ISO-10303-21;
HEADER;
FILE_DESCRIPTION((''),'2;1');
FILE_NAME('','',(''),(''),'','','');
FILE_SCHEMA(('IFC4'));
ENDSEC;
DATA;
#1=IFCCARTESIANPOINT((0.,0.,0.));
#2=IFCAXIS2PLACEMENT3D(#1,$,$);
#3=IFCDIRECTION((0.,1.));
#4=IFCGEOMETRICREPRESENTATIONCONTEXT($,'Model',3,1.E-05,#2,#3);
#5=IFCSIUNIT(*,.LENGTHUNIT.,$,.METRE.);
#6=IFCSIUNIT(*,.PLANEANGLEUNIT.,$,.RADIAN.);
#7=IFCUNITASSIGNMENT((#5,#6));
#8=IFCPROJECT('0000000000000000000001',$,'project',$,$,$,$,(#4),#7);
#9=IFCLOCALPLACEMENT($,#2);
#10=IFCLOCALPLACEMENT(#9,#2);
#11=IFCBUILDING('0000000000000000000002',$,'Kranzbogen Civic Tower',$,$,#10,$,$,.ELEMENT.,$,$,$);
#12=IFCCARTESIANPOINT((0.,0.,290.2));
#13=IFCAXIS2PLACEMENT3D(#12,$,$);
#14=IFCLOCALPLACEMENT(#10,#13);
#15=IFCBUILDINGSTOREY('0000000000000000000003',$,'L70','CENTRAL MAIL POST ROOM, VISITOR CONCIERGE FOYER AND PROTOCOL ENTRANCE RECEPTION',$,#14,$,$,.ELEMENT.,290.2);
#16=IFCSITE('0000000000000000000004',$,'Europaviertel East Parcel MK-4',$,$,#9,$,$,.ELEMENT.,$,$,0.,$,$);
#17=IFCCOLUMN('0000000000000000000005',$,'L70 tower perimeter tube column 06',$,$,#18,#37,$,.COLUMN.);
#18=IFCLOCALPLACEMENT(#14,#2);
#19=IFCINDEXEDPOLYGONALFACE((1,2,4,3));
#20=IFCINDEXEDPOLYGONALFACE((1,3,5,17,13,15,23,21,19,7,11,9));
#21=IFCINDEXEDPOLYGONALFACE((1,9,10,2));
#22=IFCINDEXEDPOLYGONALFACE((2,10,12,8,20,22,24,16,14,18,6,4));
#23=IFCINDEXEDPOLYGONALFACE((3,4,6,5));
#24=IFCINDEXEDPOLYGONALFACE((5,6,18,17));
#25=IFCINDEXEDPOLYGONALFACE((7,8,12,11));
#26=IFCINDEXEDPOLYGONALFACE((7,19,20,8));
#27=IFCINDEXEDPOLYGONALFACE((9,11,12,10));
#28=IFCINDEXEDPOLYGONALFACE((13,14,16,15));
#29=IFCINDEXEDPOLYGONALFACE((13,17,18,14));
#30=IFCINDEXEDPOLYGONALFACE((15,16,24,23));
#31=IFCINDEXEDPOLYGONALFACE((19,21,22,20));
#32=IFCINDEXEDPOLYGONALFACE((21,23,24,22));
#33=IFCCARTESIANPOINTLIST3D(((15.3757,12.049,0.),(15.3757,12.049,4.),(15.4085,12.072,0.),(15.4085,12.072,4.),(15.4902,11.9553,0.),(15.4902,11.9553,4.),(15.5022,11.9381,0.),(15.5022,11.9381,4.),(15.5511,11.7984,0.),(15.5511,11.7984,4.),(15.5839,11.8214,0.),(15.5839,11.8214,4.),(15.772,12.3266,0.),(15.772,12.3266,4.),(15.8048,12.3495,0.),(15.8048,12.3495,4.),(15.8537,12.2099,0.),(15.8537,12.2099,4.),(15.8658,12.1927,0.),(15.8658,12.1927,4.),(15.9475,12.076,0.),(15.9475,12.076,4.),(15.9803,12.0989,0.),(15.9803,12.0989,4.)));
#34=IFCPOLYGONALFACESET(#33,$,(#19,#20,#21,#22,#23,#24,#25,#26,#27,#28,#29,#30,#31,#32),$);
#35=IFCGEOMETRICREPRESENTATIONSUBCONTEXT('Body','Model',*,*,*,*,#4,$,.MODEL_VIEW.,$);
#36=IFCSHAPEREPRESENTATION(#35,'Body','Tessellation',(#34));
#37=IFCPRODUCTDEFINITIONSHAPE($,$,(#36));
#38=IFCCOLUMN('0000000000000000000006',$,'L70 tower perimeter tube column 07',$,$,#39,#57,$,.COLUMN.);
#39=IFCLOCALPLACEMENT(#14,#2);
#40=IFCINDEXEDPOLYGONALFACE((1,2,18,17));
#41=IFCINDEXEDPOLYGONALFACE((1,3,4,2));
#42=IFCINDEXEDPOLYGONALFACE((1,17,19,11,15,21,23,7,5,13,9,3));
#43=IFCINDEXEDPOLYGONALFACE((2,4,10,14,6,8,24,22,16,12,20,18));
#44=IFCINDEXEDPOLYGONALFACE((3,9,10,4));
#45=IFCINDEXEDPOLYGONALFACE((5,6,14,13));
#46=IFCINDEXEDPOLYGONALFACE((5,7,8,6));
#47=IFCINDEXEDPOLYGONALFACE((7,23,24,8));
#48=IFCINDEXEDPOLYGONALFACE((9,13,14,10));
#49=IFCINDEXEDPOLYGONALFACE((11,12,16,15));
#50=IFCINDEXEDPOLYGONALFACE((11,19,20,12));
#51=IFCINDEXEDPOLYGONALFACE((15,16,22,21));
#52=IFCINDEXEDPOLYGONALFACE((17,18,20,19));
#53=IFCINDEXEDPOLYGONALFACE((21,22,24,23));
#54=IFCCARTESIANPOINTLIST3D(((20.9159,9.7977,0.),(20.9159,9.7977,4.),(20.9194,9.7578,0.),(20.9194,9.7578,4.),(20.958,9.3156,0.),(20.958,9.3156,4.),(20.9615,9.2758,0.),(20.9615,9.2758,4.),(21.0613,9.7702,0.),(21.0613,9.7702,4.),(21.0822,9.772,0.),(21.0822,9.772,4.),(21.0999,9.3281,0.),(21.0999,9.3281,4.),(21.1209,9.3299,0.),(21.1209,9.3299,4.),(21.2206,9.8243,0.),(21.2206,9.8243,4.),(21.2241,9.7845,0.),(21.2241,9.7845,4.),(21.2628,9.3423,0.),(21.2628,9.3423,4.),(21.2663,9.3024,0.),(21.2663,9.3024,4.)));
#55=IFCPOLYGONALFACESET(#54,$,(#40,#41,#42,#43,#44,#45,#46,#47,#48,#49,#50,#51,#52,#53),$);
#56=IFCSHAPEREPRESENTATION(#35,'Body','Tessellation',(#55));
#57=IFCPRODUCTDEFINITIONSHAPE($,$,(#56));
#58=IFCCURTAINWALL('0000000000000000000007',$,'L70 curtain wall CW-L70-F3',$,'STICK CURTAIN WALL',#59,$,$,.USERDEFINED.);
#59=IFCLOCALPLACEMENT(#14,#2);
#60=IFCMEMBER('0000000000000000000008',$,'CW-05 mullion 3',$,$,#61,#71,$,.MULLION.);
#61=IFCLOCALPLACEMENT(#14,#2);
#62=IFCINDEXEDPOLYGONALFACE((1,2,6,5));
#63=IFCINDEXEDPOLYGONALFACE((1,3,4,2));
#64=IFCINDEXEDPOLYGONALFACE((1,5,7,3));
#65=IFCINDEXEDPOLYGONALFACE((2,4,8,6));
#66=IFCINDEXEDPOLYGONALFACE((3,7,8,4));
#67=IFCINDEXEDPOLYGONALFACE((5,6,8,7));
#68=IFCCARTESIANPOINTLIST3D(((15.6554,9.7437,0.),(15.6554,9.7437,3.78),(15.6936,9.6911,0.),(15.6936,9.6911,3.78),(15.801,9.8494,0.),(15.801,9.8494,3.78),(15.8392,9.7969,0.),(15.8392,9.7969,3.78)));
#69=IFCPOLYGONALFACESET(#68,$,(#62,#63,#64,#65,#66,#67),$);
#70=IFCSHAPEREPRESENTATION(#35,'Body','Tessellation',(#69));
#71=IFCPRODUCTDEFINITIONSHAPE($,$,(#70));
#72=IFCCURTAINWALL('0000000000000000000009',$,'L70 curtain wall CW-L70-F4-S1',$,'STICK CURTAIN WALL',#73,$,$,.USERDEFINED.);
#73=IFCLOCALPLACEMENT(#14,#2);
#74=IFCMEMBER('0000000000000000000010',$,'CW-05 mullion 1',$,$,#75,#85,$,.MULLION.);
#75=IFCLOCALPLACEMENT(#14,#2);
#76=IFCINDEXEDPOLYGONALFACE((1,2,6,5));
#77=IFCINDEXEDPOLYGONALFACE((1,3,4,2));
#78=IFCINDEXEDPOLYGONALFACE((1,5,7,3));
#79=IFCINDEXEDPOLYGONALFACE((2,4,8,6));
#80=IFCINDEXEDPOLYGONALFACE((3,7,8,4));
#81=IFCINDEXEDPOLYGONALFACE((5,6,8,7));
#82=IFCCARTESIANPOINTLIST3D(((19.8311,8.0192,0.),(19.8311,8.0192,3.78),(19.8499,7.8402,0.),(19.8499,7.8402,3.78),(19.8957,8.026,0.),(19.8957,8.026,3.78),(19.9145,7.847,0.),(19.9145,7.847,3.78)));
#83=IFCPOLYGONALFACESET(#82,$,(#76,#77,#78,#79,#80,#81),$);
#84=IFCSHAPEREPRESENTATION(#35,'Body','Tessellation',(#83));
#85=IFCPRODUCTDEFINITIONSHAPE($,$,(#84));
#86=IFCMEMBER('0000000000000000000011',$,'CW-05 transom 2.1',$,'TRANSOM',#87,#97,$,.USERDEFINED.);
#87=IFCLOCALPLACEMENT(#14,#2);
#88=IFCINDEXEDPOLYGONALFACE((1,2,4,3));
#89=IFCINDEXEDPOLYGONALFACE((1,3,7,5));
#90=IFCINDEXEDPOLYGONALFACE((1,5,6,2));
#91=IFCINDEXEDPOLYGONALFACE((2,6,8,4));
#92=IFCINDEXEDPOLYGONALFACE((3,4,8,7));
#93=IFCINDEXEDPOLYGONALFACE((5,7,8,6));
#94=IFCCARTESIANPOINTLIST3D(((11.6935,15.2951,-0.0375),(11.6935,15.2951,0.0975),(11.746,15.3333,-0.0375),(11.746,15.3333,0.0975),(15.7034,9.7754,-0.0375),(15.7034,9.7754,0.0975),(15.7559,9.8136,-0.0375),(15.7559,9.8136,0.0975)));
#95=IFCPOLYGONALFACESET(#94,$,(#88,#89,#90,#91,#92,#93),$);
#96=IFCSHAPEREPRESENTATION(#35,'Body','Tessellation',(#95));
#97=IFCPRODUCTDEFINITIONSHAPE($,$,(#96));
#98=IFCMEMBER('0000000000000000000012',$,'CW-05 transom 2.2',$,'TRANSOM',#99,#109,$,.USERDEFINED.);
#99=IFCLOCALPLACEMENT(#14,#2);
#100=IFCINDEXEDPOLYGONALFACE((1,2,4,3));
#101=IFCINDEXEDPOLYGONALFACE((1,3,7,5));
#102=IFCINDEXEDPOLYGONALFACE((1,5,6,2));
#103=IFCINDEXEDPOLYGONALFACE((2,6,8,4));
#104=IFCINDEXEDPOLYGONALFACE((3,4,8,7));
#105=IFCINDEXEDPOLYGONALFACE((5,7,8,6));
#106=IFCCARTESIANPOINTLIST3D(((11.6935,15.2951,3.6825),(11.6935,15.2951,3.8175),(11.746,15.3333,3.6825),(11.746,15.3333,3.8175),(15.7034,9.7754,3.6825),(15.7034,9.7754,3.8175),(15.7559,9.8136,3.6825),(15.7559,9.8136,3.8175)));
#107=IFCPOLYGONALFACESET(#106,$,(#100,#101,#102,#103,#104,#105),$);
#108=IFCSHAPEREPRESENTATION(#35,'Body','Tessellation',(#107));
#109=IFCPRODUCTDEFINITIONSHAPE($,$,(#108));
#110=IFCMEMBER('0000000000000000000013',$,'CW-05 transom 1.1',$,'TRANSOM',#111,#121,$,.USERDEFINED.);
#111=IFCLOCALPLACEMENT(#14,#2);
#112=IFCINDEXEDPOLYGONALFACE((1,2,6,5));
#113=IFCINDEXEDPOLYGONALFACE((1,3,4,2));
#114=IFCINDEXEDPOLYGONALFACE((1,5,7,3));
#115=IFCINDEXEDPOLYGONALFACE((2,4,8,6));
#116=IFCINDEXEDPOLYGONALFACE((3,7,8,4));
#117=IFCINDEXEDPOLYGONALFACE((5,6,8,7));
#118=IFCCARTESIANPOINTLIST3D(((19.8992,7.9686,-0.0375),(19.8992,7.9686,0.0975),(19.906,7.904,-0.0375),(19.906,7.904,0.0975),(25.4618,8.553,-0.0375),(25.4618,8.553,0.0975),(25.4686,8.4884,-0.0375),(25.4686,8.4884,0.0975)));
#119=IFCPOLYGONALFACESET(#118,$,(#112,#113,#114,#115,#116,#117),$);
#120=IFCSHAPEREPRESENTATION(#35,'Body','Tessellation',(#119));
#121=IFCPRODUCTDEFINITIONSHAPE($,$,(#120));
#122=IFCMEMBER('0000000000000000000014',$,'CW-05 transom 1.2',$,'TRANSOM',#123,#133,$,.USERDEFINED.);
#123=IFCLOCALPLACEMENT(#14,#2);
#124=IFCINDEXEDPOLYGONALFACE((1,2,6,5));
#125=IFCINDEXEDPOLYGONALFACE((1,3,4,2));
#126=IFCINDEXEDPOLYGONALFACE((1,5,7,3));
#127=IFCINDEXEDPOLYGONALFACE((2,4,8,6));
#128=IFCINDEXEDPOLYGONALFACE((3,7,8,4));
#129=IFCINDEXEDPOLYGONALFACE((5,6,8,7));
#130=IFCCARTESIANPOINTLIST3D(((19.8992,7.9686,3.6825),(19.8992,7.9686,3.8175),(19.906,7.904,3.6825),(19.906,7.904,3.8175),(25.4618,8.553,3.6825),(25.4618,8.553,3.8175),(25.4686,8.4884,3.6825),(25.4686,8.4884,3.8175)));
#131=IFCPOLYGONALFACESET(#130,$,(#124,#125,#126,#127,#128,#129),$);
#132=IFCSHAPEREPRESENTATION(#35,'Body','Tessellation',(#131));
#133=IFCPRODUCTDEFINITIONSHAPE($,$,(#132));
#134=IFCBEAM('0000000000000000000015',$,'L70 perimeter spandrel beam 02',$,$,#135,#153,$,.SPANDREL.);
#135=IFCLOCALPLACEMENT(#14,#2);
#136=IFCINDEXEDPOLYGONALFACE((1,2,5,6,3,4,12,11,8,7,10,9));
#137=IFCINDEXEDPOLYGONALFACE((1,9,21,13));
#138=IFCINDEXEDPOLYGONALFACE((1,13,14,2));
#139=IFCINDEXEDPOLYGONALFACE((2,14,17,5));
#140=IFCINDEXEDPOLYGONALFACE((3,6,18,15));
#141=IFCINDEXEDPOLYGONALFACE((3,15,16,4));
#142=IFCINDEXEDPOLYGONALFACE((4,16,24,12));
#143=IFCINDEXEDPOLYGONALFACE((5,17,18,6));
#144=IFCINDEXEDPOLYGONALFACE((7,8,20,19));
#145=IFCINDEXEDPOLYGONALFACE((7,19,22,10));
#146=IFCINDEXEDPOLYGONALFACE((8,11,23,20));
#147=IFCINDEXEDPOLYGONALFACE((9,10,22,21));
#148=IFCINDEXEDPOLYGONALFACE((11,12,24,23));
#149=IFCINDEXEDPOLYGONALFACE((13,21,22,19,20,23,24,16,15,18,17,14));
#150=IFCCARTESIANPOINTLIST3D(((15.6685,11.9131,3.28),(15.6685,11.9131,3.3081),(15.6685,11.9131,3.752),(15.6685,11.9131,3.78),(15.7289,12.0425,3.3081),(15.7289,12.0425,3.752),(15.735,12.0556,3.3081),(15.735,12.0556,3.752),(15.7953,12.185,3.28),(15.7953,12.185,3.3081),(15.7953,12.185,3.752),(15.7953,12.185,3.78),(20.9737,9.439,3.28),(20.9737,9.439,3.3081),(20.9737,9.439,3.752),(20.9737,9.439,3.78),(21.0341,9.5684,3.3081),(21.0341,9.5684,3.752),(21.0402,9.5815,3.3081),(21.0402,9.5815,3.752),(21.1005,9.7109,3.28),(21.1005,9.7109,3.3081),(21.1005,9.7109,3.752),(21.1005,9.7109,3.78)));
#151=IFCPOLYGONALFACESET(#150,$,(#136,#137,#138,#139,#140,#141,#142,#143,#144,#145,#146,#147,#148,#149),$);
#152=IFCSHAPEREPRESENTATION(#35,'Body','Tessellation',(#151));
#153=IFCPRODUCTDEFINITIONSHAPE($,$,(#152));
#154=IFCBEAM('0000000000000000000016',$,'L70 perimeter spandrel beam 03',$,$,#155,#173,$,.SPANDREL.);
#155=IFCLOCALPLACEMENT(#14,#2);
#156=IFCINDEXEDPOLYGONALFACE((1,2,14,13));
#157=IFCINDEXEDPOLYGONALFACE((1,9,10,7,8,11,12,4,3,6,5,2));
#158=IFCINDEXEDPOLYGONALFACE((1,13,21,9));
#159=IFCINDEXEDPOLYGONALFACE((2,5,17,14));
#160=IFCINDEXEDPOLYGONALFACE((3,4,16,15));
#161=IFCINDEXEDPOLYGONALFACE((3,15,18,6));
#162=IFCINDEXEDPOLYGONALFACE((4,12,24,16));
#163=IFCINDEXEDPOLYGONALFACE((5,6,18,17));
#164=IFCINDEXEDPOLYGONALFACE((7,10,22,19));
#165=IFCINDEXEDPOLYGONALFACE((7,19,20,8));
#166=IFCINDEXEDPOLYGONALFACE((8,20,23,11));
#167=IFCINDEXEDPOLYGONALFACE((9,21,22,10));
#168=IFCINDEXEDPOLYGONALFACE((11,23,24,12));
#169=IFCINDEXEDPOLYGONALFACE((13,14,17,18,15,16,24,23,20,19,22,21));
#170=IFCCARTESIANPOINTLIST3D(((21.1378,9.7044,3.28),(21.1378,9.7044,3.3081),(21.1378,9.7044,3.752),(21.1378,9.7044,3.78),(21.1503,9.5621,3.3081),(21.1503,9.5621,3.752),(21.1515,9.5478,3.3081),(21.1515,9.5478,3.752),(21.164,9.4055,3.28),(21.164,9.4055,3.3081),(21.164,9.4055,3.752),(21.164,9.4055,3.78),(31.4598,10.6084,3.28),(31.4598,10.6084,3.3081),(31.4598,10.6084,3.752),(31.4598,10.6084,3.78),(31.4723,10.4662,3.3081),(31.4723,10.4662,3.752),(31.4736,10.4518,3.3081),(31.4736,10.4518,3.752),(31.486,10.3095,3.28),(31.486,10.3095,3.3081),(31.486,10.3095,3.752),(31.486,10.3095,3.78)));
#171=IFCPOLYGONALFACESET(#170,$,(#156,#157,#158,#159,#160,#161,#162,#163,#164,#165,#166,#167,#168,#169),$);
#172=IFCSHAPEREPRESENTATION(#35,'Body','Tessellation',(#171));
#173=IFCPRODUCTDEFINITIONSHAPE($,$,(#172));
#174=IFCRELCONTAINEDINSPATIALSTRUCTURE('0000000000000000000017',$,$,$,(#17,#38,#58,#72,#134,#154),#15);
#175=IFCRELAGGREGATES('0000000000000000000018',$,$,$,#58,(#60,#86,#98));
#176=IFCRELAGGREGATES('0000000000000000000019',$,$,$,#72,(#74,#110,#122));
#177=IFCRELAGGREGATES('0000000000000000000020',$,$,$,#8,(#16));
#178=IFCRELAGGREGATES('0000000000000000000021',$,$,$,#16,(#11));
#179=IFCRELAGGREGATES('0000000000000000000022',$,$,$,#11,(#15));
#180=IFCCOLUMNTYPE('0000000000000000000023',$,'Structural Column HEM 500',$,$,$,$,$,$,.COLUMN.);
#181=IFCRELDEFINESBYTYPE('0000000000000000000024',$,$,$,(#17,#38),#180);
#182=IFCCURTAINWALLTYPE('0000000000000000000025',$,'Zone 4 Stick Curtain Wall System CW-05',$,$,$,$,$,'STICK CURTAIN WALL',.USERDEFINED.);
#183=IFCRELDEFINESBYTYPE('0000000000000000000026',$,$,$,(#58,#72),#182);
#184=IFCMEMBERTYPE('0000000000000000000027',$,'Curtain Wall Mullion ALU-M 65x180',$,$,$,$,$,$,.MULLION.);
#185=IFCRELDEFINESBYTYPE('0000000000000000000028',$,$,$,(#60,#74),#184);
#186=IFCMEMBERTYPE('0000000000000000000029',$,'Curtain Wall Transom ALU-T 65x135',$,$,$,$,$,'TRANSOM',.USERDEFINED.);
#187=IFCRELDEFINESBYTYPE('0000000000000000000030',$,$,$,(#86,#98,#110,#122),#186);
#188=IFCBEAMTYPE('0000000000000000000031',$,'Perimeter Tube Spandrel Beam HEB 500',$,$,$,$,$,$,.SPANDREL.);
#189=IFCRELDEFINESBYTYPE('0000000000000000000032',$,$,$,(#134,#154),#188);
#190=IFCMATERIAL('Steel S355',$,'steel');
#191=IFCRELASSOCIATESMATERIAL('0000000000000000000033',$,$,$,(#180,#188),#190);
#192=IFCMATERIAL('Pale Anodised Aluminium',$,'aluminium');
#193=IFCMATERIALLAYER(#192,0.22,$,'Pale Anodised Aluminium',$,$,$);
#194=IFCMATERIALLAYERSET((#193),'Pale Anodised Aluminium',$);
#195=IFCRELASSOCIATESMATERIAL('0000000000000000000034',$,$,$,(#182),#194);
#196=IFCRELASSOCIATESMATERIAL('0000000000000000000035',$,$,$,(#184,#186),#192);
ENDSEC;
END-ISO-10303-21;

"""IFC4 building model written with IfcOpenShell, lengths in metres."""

from ifc_helpers import new_model, si_unit, direction, frame, origin, origin_2d, place, context, subcontext, project, spatial, rectangle, i_section, extrude, material, layer, layer_set, material_profile, profile_set, type_object, element, aggregate, save


model = new_model("IFC4")

# Units and contexts
model_context = context("Model", 3, precision=1e-05, world=origin(), true_north=direction((0.0, 1.0)))
body_context = subcontext(model_context, "Body", "Model", "MODEL_VIEW")
ifc_project = project(units=[si_unit("LENGTHUNIT", "METRE"), si_unit("PLANEANGLEUNIT", "RADIAN")], contexts=[model_context])

# Site, building, storey
site_placement = place(None, origin())
site = spatial("IfcSite", under=ifc_project, at=site_placement, Name="Europaviertel East Parcel MK-4", CompositionType="ELEMENT", RefElevation=0.0)
building_placement = place(site_placement, origin())
building = spatial("IfcBuilding", under=site, at=building_placement, Name="Kranzbogen Civic Tower", CompositionType="ELEMENT")
storey_placement = place(building_placement, frame((0.0, 0.0, 290.2)))
storey = spatial("IfcBuildingStorey", under=building, at=storey_placement, Name="L70", Description="CENTRAL MAIL POST ROOM, VISITOR CONCIERGE FOYER AND PROTOCOL ENTRANCE RECEPTION", CompositionType="ELEMENT", Elevation=290.2)

# Columns
ifc_material_1 = material(Name="Steel S355", Category="steel")
ifc_material_profile_1 = material_profile(ifc_material_1, i_section(OverallWidth=0.3059, OverallDepth=0.5239, WebThickness=0.021, FlangeThickness=0.04, at=origin_2d()), Name="HEM 500")
ifc_profile_set_1 = profile_set([ifc_material_profile_1], Name="Steel S355")
column_type = type_object("IfcColumnType", Name="Structural Column HEM 500", PredefinedType="COLUMN", material=ifc_profile_set_1)
for number, where, z_axis, x_axis, name in (
    (1, (15.678, 12.074, 0.0), (0.0, 0.0, 1.0), (-0.573576, 0.819152, 0.0), "L70 tower perimeter tube column 06"),
    (2, (21.0911, 9.55, 0.0), (0.0, 0.0, 1.0), (0.996195, 0.087156, 0.0), "L70 tower perimeter tube column 07"),
):
    element("IfcColumn", number, at=place(storey_placement, frame(where, z_axis=z_axis, x_axis=x_axis)), inside=storey, type_object=column_type, Name=name, PredefinedType="COLUMN", context=body_context, shape_type="SweptSolid", body=[
        extrude(i_section(OverallWidth=0.3059, OverallDepth=0.5239, WebThickness=0.021, FlangeThickness=0.04, at=origin_2d()), origin(), (0.0, 0.0, 1.0), 4.0),
    ])

# Curtain walls, members
ifc_material_2 = material(Name="Pale Anodised Aluminium", Category="aluminium")
ifc_layer_1 = layer(ifc_material_2, 0.22, Name="Pale Anodised Aluminium")
ifc_layer_set_1 = layer_set([ifc_layer_1], Name="Pale Anodised Aluminium")
curtain_wall_type = type_object("IfcCurtainWallType", Name="Zone 4 Stick Curtain Wall System CW-05", ElementType="STICK CURTAIN WALL", PredefinedType="USERDEFINED", material=ifc_layer_set_1)
curtain_wall_1_placement = place(storey_placement, origin())
curtain_wall_1 = element("IfcCurtainWall", 3, at=curtain_wall_1_placement, inside=storey, type_object=curtain_wall_type, Name="L70 curtain wall CW-L70-F3", ObjectType="STICK CURTAIN WALL", PredefinedType="USERDEFINED")
ifc_material_profile_2 = material_profile(ifc_material_2, rectangle(XDim=0.0649, YDim=0.1799, at=origin_2d()), Name="ALU-M 65x180")
ifc_profile_set_2 = profile_set([ifc_material_profile_2], Name="Pale Anodised Aluminium")
member_type_1 = type_object("IfcMemberType", Name="Curtain Wall Mullion ALU-M 65x180", PredefinedType="MULLION", material=ifc_profile_set_2)
member_1_placement = place(storey_placement, frame((15.7473, 9.7703, 0.0), z_axis=(0.0, 0.0, 1.0), x_axis=(0.587767, -0.80903, 0.0)))
member_1 = element("IfcMember", 4, at=member_1_placement, type_object=member_type_1, Name="CW-05 mullion 3", PredefinedType="MULLION", context=body_context, shape_type="SweptSolid", body=[
    extrude(rectangle(XDim=0.0649, YDim=0.1799, at=origin_2d()), origin(), (0.0, 0.0, 1.0), 3.78),
])
curtain_wall_2_placement = place(storey_placement, origin())
curtain_wall_2 = element("IfcCurtainWall", 5, at=curtain_wall_2_placement, inside=storey, type_object=curtain_wall_type, Name="L70 curtain wall CW-L70-F4-S1", ObjectType="STICK CURTAIN WALL", PredefinedType="USERDEFINED")
member_2_placement = place(storey_placement, frame((19.8728, 7.9331, 0.0), z_axis=(0.0, 0.0, 1.0), x_axis=(0.994526, 0.104493, 0.0)))
member_2 = element("IfcMember", 6, at=member_2_placement, type_object=member_type_1, Name="CW-05 mullion 1", PredefinedType="MULLION", context=body_context, shape_type="SweptSolid", body=[
    extrude(rectangle(XDim=0.0649, YDim=0.1799, at=origin_2d()), origin(), (0.0, 0.0, 1.0), 3.78),
])

# Members
ifc_material_profile_3 = material_profile(ifc_material_2, rectangle(XDim=0.0649, YDim=0.135, at=origin_2d()), Name="ALU-T 65x135")
ifc_profile_set_3 = profile_set([ifc_material_profile_3], Name="Pale Anodised Aluminium")
member_type_2 = type_object("IfcMemberType", Name="Curtain Wall Transom ALU-T 65x135", ElementType="TRANSOM", PredefinedType="USERDEFINED", material=ifc_profile_set_3)
member_3_placement = place(storey_placement, frame((11.7197, 15.3142, 0.03), z_axis=(0.587752, -0.809041, 0.0), x_axis=(0.809041, 0.587752, 0.0)))
member_3 = element("IfcMember", 7, at=member_3_placement, type_object=member_type_2, Name="CW-05 transom 2.1", ObjectType="TRANSOM", PredefinedType="USERDEFINED", context=body_context, shape_type="SweptSolid", body=[
    extrude(rectangle(XDim=0.0649, YDim=0.135, at=origin_2d()), origin(), (0.0, 0.0, 1.0), 6.8225),
])
member_4_placement = place(storey_placement, frame((11.7197, 15.3142, 3.75), z_axis=(0.587752, -0.809041, 0.0), x_axis=(0.809041, 0.587752, 0.0)))
member_4 = element("IfcMember", 8, at=member_4_placement, type_object=member_type_2, Name="CW-05 transom 2.2", ObjectType="TRANSOM", PredefinedType="USERDEFINED", context=body_context, shape_type="SweptSolid", body=[
    extrude(rectangle(XDim=0.0649, YDim=0.135, at=origin_2d()), origin(), (0.0, 0.0, 1.0), 6.8225),
])
member_5_placement = place(storey_placement, frame((19.9026, 7.9363, 0.03), z_axis=(0.994526, 0.104494, 0.0), x_axis=(-0.104494, 0.994526, 0.0)))
member_5 = element("IfcMember", 9, at=member_5_placement, type_object=member_type_2, Name="CW-05 transom 1.1", ObjectType="TRANSOM", PredefinedType="USERDEFINED", context=body_context, shape_type="SweptSolid", body=[
    extrude(rectangle(XDim=0.0649, YDim=0.135, at=origin_2d()), origin(), (0.0, 0.0, 1.0), 5.5933),
])
member_6_placement = place(storey_placement, frame((19.9026, 7.9363, 3.75), z_axis=(0.994526, 0.104494, 0.0), x_axis=(-0.104494, 0.994526, 0.0)))
member_6 = element("IfcMember", 10, at=member_6_placement, type_object=member_type_2, Name="CW-05 transom 1.2", ObjectType="TRANSOM", PredefinedType="USERDEFINED", context=body_context, shape_type="SweptSolid", body=[
    extrude(rectangle(XDim=0.0649, YDim=0.135, at=origin_2d()), origin(), (0.0, 0.0, 1.0), 5.5933),
])

# Beams
ifc_material_profile_4 = material_profile(ifc_material_1, i_section(OverallWidth=0.3, OverallDepth=0.5, WebThickness=0.0144, FlangeThickness=0.0281, at=origin_2d()), Name="HEB 500")
ifc_profile_set_4 = profile_set([ifc_material_profile_4], Name="Steel S355")
beam_type_1 = type_object("IfcBeamType", Name="Perimeter Tube Spandrel Beam HEB 500", PredefinedType="SPANDREL", material=ifc_profile_set_4)
beam_1_placement = place(storey_placement, frame((15.7319, 12.0491, 3.53), z_axis=(0.90629, -0.422657, 0.0), x_axis=(0.422657, 0.90629, 0.0)))
element("IfcBeam", 11, at=beam_1_placement, inside=storey, type_object=beam_type_1, Name="L70 perimeter spandrel beam 02", PredefinedType="SPANDREL", context=body_context, shape_type="SweptSolid", body=[
    extrude(i_section(OverallWidth=0.3, OverallDepth=0.5, WebThickness=0.0144, FlangeThickness=0.0281, at=origin_2d()), origin(), (0.0, 0.0, 1.0), 5.8538),
])
beam_2_placement = place(storey_placement, frame((21.1509, 9.5549, 3.53), z_axis=(0.996186, 0.087251, 0.0), x_axis=(-0.087251, 0.996186, 0.0)))
element("IfcBeam", 12, at=beam_2_placement, inside=storey, type_object=beam_type_1, Name="L70 perimeter spandrel beam 03", PredefinedType="SPANDREL", context=body_context, shape_type="SweptSolid", body=[
    extrude(i_section(OverallWidth=0.3, OverallDepth=0.5, WebThickness=0.0144, FlangeThickness=0.0281, at=origin_2d()), origin(), (0.0, 0.0, 1.0), 10.3616),
])

aggregate(curtain_wall_1, [member_1, member_3, member_4])
aggregate(curtain_wall_2, [member_2, member_5, member_6])

save(model, "model.ifc")
